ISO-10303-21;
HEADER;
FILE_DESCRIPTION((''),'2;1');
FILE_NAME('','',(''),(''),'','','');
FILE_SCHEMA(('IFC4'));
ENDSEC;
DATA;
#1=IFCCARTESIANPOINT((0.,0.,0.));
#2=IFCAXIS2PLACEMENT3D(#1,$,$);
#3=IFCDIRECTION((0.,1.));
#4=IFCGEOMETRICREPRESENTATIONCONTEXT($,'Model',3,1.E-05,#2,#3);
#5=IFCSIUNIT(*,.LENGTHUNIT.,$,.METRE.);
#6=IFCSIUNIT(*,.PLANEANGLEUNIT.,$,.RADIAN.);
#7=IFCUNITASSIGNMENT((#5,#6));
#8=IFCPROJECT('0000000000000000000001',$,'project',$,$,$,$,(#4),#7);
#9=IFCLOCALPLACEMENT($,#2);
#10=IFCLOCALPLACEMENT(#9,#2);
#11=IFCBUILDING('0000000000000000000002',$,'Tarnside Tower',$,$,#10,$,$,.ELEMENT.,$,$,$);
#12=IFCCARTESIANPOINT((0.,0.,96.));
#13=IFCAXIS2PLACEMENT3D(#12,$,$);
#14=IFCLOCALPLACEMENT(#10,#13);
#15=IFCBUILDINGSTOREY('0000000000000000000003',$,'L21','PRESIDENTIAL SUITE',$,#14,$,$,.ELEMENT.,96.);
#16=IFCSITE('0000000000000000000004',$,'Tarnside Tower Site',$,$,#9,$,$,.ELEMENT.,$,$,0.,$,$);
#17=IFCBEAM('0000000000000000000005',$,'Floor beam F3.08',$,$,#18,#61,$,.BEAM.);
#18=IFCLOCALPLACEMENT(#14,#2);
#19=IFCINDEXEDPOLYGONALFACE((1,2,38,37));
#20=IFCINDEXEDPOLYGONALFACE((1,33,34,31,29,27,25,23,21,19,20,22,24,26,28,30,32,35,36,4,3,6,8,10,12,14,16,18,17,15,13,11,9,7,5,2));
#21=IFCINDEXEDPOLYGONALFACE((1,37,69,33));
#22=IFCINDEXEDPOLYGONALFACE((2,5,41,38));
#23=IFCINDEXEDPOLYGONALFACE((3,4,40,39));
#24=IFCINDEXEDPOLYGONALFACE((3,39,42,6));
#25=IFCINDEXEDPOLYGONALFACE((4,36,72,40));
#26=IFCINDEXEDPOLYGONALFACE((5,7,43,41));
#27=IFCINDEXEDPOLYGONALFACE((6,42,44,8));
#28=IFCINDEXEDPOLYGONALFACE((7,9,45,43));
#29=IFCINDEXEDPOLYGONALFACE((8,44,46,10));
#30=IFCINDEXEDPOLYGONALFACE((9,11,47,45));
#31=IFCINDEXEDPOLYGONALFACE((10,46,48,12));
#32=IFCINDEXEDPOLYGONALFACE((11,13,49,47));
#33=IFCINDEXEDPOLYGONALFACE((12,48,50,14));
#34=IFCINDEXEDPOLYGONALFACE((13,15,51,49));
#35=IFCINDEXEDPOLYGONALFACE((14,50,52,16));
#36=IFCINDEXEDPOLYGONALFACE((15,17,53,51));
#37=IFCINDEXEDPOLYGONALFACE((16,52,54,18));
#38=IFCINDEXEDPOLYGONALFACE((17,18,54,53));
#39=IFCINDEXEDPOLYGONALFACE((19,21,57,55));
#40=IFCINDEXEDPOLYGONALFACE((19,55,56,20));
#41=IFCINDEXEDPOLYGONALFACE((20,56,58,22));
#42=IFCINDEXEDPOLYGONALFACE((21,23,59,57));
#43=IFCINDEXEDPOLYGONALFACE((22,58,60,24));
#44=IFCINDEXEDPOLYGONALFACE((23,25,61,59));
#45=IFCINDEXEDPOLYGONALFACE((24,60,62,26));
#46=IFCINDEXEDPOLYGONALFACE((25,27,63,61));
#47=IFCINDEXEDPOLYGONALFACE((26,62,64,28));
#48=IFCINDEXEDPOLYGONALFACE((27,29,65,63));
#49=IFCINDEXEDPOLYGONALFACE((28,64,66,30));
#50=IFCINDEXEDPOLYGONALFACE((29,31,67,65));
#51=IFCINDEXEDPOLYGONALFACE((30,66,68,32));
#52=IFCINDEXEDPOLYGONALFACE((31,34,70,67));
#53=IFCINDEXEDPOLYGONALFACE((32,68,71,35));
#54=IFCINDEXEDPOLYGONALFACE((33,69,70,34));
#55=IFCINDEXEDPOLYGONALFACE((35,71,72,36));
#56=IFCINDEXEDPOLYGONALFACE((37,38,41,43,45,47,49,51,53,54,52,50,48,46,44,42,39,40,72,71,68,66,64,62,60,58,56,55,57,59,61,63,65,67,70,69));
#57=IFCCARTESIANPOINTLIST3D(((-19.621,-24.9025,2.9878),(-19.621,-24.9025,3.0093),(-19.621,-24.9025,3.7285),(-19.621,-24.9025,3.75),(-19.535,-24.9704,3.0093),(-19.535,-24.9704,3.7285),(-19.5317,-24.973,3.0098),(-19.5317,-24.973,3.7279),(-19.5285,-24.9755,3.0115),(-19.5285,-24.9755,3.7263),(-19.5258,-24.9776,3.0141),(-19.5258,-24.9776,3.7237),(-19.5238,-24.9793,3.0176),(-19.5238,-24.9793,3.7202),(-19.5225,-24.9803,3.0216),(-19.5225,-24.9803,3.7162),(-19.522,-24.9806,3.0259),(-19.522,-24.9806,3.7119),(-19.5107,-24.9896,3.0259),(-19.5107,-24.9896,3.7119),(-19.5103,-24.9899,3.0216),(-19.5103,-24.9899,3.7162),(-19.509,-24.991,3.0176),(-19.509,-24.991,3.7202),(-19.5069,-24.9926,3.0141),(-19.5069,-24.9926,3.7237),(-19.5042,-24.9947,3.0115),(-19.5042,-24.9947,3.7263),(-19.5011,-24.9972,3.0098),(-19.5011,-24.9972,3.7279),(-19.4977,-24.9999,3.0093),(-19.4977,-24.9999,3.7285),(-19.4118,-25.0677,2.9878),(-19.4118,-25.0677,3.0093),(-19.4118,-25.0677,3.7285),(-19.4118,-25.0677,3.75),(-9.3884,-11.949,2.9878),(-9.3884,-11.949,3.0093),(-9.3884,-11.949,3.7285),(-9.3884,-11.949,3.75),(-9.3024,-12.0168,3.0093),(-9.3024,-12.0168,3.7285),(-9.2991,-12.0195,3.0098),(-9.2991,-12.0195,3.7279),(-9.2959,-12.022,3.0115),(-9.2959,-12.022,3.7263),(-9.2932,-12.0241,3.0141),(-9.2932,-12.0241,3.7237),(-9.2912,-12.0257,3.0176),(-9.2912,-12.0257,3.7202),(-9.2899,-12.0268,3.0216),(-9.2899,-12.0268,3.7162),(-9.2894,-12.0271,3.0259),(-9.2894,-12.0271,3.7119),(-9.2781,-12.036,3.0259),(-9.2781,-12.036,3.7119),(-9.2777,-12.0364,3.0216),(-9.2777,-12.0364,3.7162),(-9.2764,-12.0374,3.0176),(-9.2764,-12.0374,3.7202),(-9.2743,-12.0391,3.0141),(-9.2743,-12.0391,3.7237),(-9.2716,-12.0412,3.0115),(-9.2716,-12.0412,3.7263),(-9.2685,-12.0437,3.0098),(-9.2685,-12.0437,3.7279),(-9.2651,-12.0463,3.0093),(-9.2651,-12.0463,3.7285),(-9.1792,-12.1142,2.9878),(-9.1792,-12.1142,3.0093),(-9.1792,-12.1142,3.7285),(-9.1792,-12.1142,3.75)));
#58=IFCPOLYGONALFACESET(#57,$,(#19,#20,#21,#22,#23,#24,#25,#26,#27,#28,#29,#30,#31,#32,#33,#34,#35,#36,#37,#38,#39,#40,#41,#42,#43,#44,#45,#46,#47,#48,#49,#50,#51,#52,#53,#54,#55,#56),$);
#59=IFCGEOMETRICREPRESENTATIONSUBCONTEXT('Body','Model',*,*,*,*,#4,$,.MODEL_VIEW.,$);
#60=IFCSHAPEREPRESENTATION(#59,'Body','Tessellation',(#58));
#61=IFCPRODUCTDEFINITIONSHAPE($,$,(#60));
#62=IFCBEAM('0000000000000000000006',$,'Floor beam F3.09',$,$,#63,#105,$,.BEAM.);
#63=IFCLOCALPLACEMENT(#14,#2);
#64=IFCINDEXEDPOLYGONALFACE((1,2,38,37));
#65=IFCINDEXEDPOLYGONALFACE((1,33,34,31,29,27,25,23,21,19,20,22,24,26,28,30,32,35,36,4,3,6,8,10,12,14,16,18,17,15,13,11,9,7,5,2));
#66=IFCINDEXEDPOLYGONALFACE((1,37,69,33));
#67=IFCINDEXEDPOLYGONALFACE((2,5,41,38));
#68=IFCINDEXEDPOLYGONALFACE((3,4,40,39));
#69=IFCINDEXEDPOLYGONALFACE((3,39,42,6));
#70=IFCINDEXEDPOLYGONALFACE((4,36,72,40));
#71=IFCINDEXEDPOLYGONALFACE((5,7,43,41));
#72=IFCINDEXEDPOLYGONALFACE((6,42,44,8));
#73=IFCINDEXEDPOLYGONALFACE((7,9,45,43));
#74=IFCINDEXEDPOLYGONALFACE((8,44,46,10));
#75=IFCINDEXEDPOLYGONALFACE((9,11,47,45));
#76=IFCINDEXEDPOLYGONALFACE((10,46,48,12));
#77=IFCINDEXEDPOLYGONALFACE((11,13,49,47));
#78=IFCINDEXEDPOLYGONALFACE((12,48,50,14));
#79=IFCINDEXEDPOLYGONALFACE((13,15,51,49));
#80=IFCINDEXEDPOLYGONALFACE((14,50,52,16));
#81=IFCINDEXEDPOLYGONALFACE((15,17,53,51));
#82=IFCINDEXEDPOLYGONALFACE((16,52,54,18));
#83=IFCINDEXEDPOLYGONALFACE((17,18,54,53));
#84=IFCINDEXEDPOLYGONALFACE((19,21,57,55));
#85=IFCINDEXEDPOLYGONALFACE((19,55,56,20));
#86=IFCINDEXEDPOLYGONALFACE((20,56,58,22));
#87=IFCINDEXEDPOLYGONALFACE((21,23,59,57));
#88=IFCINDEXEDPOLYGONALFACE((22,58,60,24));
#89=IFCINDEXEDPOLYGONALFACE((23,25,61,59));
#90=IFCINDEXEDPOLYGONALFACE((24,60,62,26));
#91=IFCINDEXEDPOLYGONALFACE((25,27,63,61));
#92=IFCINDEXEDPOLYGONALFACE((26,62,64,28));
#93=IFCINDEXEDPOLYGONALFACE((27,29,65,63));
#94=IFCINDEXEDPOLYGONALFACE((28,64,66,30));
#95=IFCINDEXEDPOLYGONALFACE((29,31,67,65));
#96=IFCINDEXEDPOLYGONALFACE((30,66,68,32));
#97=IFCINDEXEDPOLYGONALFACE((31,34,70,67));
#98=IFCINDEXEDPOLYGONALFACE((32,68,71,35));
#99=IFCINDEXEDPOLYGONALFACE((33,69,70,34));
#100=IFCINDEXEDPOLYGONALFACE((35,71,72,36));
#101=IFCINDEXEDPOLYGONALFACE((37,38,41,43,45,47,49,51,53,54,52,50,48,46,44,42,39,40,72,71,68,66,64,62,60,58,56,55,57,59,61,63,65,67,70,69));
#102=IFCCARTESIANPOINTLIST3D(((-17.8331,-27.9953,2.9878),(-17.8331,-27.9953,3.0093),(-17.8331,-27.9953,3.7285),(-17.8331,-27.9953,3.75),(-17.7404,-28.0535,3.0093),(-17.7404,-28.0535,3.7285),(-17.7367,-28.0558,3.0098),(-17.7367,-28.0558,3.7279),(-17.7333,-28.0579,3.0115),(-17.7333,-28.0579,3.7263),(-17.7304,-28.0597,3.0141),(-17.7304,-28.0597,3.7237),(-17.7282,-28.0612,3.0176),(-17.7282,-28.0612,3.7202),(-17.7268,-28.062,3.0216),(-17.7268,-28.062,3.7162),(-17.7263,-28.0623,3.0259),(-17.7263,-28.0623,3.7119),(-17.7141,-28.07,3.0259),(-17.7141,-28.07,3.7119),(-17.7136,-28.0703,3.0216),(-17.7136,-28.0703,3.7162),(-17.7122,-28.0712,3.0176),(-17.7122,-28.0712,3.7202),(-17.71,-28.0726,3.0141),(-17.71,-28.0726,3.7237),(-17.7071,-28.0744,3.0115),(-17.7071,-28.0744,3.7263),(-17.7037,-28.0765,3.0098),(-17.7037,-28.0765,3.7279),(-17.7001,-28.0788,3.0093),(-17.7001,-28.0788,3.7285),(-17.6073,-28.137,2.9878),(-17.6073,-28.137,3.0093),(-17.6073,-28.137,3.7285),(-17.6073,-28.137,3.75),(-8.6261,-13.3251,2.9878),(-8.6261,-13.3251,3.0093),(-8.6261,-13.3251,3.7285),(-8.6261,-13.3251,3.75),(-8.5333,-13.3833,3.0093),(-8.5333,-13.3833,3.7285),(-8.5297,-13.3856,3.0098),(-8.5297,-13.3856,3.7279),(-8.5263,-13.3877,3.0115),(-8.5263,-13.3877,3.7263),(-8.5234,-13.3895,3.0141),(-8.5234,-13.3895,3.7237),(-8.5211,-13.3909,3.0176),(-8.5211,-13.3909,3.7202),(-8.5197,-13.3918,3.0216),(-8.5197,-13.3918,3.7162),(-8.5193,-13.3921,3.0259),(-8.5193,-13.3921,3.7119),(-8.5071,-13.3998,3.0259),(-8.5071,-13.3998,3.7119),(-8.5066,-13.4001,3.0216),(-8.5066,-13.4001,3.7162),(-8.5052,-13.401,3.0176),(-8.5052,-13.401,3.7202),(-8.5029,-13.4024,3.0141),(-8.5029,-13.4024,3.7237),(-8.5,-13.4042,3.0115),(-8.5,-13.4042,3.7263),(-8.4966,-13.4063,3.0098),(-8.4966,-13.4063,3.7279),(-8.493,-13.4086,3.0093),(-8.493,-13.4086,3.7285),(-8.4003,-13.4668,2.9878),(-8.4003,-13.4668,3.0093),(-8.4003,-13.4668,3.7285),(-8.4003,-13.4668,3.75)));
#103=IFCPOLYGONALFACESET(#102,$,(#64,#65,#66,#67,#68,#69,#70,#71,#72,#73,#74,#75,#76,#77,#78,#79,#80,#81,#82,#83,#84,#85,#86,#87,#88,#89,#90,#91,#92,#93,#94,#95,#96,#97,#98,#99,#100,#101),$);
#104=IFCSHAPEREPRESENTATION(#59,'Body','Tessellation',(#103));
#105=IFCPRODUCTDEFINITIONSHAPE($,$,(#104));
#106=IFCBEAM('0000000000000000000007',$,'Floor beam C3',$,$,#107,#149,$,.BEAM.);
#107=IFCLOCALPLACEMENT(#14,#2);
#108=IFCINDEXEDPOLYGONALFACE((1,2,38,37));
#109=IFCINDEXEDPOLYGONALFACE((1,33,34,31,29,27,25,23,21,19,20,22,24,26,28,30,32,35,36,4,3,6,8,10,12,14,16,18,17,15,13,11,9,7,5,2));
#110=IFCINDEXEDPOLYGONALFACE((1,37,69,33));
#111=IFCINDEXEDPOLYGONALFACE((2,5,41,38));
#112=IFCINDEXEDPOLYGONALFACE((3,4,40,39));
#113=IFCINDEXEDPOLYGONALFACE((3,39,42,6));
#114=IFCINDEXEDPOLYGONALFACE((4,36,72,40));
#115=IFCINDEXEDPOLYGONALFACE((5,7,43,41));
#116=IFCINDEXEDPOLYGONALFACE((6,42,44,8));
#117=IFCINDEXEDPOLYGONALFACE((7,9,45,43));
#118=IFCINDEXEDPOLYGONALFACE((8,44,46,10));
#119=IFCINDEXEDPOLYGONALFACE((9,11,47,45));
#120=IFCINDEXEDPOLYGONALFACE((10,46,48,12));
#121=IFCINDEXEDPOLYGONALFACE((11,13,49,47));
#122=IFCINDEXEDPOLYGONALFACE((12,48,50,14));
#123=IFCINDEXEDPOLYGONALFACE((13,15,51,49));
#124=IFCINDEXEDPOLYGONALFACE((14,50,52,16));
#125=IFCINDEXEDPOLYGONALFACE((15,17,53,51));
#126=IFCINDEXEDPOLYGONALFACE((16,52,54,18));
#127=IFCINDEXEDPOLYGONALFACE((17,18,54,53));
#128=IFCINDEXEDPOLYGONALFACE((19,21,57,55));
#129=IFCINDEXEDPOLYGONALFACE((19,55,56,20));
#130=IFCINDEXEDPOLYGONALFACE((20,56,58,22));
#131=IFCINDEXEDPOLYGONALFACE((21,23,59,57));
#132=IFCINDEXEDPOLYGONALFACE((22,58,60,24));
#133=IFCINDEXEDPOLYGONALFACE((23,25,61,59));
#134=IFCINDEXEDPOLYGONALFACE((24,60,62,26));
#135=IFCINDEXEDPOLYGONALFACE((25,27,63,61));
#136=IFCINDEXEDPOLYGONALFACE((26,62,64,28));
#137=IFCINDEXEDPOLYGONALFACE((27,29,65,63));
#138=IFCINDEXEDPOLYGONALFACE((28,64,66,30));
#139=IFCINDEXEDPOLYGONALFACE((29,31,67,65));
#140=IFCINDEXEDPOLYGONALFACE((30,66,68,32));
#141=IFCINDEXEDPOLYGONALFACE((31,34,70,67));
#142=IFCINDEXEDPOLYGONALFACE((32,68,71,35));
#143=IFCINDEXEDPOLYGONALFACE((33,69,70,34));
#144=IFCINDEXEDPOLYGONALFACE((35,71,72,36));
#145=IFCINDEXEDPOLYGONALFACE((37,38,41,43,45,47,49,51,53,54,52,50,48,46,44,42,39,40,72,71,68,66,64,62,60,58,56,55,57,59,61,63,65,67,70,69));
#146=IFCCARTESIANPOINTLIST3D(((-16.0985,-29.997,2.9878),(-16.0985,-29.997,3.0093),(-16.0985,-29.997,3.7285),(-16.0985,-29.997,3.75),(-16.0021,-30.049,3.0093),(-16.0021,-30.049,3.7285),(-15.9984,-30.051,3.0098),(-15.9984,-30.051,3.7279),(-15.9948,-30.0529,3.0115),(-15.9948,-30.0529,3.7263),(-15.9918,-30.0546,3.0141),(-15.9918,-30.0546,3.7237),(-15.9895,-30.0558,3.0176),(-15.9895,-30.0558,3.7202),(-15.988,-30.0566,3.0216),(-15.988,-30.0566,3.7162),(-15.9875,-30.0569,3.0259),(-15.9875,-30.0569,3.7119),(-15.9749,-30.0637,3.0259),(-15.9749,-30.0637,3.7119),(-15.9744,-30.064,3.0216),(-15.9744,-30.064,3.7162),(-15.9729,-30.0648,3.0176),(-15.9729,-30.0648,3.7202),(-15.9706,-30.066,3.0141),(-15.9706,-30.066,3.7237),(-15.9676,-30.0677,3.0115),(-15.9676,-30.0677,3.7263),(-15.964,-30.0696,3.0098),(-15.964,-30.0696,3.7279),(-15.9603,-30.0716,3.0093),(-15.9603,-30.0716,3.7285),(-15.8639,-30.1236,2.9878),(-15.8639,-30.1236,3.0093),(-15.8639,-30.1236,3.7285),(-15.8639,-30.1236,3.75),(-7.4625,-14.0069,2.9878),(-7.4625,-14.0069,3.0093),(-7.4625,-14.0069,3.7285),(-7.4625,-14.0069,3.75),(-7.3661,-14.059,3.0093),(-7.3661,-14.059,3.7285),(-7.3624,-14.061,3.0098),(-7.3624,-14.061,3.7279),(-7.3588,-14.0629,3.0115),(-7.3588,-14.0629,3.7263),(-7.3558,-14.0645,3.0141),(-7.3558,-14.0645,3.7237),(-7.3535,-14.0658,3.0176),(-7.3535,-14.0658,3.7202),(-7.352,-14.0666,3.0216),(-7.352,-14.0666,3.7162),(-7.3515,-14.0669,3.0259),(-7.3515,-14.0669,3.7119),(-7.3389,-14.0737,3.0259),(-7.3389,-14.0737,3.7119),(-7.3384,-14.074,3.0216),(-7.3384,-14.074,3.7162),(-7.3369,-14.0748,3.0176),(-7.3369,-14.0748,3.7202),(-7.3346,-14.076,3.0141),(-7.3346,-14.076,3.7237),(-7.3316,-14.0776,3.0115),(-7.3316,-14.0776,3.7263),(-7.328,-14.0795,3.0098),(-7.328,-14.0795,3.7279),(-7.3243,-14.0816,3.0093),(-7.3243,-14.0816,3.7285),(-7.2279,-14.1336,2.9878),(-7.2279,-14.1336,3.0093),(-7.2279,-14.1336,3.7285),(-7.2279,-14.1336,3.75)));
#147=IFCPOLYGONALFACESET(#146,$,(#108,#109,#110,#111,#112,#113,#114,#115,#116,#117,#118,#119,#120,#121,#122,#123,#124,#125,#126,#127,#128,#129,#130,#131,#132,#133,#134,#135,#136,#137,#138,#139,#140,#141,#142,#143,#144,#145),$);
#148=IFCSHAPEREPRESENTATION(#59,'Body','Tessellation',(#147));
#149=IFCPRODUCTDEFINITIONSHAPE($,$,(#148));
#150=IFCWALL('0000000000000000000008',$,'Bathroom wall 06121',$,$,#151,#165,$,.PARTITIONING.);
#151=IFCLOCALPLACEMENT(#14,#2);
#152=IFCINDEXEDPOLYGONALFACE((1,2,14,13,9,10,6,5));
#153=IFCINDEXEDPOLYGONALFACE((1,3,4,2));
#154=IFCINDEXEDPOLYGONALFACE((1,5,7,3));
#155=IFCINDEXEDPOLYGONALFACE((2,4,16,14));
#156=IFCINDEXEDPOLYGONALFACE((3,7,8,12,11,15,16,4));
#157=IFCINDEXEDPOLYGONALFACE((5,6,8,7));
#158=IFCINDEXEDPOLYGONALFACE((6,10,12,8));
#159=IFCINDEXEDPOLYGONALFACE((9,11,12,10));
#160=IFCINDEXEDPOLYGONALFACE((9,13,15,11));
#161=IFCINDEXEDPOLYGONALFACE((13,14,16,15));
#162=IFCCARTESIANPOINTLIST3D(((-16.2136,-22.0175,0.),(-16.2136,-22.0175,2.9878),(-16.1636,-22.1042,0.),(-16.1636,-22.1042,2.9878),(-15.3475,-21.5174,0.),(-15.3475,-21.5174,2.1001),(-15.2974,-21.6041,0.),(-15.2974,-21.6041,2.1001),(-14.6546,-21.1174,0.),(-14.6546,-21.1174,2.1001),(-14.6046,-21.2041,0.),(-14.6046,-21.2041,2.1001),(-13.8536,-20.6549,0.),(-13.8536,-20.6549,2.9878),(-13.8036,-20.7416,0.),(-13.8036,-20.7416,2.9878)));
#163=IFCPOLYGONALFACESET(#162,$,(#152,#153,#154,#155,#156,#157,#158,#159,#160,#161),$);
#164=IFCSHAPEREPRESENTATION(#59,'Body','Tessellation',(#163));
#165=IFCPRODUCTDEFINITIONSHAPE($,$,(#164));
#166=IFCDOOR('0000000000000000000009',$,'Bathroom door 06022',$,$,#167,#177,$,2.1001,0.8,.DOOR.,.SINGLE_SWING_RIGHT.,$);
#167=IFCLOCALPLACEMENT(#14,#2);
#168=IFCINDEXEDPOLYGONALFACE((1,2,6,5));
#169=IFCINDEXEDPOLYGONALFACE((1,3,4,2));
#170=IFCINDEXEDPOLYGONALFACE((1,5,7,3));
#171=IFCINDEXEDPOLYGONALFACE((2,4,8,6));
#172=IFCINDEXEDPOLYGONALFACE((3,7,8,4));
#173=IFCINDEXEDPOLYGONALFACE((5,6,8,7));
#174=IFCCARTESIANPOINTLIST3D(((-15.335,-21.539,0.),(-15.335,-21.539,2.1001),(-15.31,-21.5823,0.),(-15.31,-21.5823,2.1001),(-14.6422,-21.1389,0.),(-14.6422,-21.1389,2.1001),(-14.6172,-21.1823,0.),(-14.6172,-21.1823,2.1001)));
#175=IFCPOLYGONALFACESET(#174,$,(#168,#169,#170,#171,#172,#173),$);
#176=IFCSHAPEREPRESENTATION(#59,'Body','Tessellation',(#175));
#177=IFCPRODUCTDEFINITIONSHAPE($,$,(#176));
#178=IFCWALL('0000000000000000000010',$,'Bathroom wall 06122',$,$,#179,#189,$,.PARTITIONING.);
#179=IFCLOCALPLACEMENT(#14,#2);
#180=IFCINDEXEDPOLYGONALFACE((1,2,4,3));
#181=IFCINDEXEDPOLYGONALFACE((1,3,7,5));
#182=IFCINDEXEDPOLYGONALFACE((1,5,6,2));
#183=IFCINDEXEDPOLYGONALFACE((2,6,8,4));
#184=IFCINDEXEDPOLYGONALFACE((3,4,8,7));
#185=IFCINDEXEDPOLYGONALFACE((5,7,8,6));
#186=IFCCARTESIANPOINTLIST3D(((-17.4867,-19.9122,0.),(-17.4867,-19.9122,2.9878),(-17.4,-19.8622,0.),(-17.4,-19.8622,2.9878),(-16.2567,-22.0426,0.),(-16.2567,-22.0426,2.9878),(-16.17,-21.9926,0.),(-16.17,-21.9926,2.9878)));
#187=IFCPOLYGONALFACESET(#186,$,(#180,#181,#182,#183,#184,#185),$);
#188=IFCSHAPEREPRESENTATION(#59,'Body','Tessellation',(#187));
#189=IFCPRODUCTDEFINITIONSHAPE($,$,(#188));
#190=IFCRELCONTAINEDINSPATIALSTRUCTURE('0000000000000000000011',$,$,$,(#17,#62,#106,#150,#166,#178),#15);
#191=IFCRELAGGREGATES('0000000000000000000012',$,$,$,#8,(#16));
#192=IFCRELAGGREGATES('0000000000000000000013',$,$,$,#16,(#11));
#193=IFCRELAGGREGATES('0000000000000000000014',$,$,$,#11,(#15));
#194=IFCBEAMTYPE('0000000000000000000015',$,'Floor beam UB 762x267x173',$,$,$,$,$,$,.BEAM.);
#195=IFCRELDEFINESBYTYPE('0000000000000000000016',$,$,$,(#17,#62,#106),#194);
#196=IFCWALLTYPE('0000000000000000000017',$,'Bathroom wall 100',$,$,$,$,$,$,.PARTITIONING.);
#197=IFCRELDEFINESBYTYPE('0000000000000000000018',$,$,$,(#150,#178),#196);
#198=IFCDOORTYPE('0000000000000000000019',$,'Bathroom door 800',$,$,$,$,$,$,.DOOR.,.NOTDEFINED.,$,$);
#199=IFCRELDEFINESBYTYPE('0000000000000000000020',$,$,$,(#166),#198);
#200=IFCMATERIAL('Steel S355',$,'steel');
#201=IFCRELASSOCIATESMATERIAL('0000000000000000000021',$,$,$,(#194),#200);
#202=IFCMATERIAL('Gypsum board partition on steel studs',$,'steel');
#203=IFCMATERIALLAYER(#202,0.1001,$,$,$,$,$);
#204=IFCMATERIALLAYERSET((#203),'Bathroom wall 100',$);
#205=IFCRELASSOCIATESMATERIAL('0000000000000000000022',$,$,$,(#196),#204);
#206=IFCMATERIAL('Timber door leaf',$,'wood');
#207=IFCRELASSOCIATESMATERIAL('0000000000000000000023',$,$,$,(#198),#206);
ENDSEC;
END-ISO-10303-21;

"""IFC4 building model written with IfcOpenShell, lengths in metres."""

from ifc_helpers import new_model, si_unit, direction, frame, frame_2d, origin, origin_2d, place, context, subcontext, project, spatial, rectangle, i_section, extrude, material, layer, layer_set, material_profile, profile_set, type_object, element, fill, save


model = new_model("IFC4")

# Units and contexts
model_context = context("Model", 3, precision=1e-05, world=origin(), true_north=direction((0.0, 1.0)))
body_context = subcontext(model_context, "Body", "Model", "MODEL_VIEW")
ifc_project = project(units=[si_unit("LENGTHUNIT", "METRE"), si_unit("PLANEANGLEUNIT", "RADIAN")], contexts=[model_context])

# Site, building, storey
site_placement = place(None, origin())
site = spatial("IfcSite", under=ifc_project, at=site_placement, Name="Tarnside Tower Site", CompositionType="ELEMENT", RefElevation=0.0)
building_placement = place(site_placement, origin())
building = spatial("IfcBuilding", under=site, at=building_placement, Name="Tarnside Tower", CompositionType="ELEMENT")
storey_placement = place(building_placement, frame((0.0, 0.0, 96.0)))
storey = spatial("IfcBuildingStorey", under=building, at=storey_placement, Name="L21", Description="PRESIDENTIAL SUITE", CompositionType="ELEMENT", Elevation=96.0)

# Beams
ifc_material_1 = material(Name="Steel S355", Category="steel")
ifc_material_profile_1 = material_profile(ifc_material_1, i_section(OverallWidth=0.2666, OverallDepth=0.7622, WebThickness=0.0144, FlangeThickness=0.0215, FilletRadius=0.0166, at=origin_2d()), Name="UB 762x267x173")
ifc_profile_set_1 = profile_set([ifc_material_profile_1], Name="Steel S355")
beam_type_1 = type_object("IfcBeamType", Name="Floor beam UB 762x267x173", PredefinedType="BEAM", material=ifc_profile_set_1)
beam_1_placement = place(storey_placement, frame((-19.5164, -24.9851, 3.3689), z_axis=(0.619873, 0.784702, 0.0), x_axis=(-0.784702, 0.619873, 0.0)))
element("IfcBeam", 1, at=beam_1_placement, inside=storey, type_object=beam_type_1, Name="Floor beam F3.08", PredefinedType="BEAM", context=body_context, shape_type="SweptSolid", body=[
    extrude(i_section(OverallWidth=0.2666, OverallDepth=0.7622, WebThickness=0.0144, FlangeThickness=0.0215, FilletRadius=0.0166, at=origin_2d()), origin(), (0.0, 0.0, 1.0), 16.5076),
])
beam_2_placement = place(storey_placement, frame((-17.7202, -28.0662, 3.3689), z_axis=(0.531583, 0.847006, 0.0), x_axis=(-0.847006, 0.531583, 0.0)))
element("IfcBeam", 2, at=beam_2_placement, inside=storey, type_object=beam_type_1, Name="Floor beam F3.09", PredefinedType="BEAM", context=body_context, shape_type="SweptSolid", body=[
    extrude(i_section(OverallWidth=0.2666, OverallDepth=0.7622, WebThickness=0.0144, FlangeThickness=0.0215, FilletRadius=0.0166, at=origin_2d()), origin(), (0.0, 0.0, 1.0), 17.3201),
])
beam_3_placement = place(storey_placement, frame((-15.9812, -30.0603, 3.3689), z_axis=(0.475208, 0.879873, 0.0), x_axis=(-0.879873, 0.475208, 0.0)))
element("IfcBeam", 3, at=beam_3_placement, inside=storey, type_object=beam_type_1, Name="Floor beam C3", PredefinedType="BEAM", context=body_context, shape_type="SweptSolid", body=[
    extrude(i_section(OverallWidth=0.2666, OverallDepth=0.7622, WebThickness=0.0144, FlangeThickness=0.0215, FilletRadius=0.0166, at=origin_2d()), origin(), (0.0, 0.0, 1.0), 18.1731),
])

# Wall, opening, door
ifc_material_2 = material(Name="Gypsum board partition on steel studs", Category="steel")
ifc_layer_1 = layer(ifc_material_2, 0.1001)
ifc_layer_set_1 = layer_set([ifc_layer_1], Name="Bathroom wall 100")
wall_type_1 = type_object("IfcWallType", Name="Bathroom wall 100", PredefinedType="PARTITIONING", material=ifc_layer_set_1)
wall_1_placement = place(storey_placement, frame((-13.8286, -20.6982, 0.0), z_axis=(0.0, 0.0, 1.0), x_axis=(-0.866013, -0.500022, 0.0)))
wall_1 = element("IfcWall", 4, at=wall_1_placement, inside=storey, type_object=wall_type_1, Name="Bathroom wall 06121", PredefinedType="PARTITIONING", context=body_context, shape_type="SweptSolid", body=[
    extrude(rectangle(XDim=2.7251, YDim=0.1001, at=frame_2d((1.3625, 0.0))), origin(), (0.0, 0.0, 1.0), 2.9878),
])
opening_1_placement = place(wall_1_placement, frame((0.925, 0.0, 0.0)))
opening_1 = element("IfcOpeningElement", 5, at=opening_1_placement, cuts=wall_1, PredefinedType="OPENING", context=body_context, shape_type="SweptSolid", body=[
    extrude(rectangle(XDim=0.8, YDim=2.1001, at=frame_2d((0.3999, 1.05))), frame((0.0, 0.0601, 0.0), z_axis=(0.0, -1.0, 0.0), x_axis=(1.0, 0.0, 0.0)), (0.0, 0.0, 1.0), 0.1201),
])
ifc_material_3 = material(Name="Timber door leaf", Category="wood")
door_type_1 = type_object("IfcDoorType", Name="Bathroom door 800", OperationType="NOTDEFINED", PredefinedType="DOOR", material=ifc_material_3)
door_1_placement = place(opening_1_placement, origin())
door_1 = element("IfcDoor", 6, at=door_1_placement, inside=storey, type_object=door_type_1, Name="Bathroom door 06022", OperationType="SINGLE_SWING_RIGHT", OverallHeight=2.1001, OverallWidth=0.8, PredefinedType="DOOR", context=body_context, shape_type="SweptSolid", body=[
    extrude(rectangle(XDim=0.8, YDim=2.1001, at=frame_2d((0.3999, 1.05))), frame((0.0, 0.0249, 0.0), z_axis=(0.0, -1.0, 0.0), x_axis=(1.0, 0.0, 0.0)), (0.0, 0.0, 1.0), 0.05),
])
fill(opening_1, door_1)

# Wall
wall_2_placement = place(storey_placement, frame((-16.2134, -22.0176, 0.0), z_axis=(0.0, 0.0, 1.0), x_axis=(-0.500003, 0.866024, 0.0)))
element("IfcWall", 7, at=wall_2_placement, inside=storey, type_object=wall_type_1, Name="Bathroom wall 06122", PredefinedType="PARTITIONING", context=body_context, shape_type="SweptSolid", body=[
    extrude(rectangle(XDim=2.46, YDim=0.1001, at=frame_2d((1.23, 0.0))), origin(), (0.0, 0.0, 1.0), 2.9878),
])

save(model, "model.ifc")
